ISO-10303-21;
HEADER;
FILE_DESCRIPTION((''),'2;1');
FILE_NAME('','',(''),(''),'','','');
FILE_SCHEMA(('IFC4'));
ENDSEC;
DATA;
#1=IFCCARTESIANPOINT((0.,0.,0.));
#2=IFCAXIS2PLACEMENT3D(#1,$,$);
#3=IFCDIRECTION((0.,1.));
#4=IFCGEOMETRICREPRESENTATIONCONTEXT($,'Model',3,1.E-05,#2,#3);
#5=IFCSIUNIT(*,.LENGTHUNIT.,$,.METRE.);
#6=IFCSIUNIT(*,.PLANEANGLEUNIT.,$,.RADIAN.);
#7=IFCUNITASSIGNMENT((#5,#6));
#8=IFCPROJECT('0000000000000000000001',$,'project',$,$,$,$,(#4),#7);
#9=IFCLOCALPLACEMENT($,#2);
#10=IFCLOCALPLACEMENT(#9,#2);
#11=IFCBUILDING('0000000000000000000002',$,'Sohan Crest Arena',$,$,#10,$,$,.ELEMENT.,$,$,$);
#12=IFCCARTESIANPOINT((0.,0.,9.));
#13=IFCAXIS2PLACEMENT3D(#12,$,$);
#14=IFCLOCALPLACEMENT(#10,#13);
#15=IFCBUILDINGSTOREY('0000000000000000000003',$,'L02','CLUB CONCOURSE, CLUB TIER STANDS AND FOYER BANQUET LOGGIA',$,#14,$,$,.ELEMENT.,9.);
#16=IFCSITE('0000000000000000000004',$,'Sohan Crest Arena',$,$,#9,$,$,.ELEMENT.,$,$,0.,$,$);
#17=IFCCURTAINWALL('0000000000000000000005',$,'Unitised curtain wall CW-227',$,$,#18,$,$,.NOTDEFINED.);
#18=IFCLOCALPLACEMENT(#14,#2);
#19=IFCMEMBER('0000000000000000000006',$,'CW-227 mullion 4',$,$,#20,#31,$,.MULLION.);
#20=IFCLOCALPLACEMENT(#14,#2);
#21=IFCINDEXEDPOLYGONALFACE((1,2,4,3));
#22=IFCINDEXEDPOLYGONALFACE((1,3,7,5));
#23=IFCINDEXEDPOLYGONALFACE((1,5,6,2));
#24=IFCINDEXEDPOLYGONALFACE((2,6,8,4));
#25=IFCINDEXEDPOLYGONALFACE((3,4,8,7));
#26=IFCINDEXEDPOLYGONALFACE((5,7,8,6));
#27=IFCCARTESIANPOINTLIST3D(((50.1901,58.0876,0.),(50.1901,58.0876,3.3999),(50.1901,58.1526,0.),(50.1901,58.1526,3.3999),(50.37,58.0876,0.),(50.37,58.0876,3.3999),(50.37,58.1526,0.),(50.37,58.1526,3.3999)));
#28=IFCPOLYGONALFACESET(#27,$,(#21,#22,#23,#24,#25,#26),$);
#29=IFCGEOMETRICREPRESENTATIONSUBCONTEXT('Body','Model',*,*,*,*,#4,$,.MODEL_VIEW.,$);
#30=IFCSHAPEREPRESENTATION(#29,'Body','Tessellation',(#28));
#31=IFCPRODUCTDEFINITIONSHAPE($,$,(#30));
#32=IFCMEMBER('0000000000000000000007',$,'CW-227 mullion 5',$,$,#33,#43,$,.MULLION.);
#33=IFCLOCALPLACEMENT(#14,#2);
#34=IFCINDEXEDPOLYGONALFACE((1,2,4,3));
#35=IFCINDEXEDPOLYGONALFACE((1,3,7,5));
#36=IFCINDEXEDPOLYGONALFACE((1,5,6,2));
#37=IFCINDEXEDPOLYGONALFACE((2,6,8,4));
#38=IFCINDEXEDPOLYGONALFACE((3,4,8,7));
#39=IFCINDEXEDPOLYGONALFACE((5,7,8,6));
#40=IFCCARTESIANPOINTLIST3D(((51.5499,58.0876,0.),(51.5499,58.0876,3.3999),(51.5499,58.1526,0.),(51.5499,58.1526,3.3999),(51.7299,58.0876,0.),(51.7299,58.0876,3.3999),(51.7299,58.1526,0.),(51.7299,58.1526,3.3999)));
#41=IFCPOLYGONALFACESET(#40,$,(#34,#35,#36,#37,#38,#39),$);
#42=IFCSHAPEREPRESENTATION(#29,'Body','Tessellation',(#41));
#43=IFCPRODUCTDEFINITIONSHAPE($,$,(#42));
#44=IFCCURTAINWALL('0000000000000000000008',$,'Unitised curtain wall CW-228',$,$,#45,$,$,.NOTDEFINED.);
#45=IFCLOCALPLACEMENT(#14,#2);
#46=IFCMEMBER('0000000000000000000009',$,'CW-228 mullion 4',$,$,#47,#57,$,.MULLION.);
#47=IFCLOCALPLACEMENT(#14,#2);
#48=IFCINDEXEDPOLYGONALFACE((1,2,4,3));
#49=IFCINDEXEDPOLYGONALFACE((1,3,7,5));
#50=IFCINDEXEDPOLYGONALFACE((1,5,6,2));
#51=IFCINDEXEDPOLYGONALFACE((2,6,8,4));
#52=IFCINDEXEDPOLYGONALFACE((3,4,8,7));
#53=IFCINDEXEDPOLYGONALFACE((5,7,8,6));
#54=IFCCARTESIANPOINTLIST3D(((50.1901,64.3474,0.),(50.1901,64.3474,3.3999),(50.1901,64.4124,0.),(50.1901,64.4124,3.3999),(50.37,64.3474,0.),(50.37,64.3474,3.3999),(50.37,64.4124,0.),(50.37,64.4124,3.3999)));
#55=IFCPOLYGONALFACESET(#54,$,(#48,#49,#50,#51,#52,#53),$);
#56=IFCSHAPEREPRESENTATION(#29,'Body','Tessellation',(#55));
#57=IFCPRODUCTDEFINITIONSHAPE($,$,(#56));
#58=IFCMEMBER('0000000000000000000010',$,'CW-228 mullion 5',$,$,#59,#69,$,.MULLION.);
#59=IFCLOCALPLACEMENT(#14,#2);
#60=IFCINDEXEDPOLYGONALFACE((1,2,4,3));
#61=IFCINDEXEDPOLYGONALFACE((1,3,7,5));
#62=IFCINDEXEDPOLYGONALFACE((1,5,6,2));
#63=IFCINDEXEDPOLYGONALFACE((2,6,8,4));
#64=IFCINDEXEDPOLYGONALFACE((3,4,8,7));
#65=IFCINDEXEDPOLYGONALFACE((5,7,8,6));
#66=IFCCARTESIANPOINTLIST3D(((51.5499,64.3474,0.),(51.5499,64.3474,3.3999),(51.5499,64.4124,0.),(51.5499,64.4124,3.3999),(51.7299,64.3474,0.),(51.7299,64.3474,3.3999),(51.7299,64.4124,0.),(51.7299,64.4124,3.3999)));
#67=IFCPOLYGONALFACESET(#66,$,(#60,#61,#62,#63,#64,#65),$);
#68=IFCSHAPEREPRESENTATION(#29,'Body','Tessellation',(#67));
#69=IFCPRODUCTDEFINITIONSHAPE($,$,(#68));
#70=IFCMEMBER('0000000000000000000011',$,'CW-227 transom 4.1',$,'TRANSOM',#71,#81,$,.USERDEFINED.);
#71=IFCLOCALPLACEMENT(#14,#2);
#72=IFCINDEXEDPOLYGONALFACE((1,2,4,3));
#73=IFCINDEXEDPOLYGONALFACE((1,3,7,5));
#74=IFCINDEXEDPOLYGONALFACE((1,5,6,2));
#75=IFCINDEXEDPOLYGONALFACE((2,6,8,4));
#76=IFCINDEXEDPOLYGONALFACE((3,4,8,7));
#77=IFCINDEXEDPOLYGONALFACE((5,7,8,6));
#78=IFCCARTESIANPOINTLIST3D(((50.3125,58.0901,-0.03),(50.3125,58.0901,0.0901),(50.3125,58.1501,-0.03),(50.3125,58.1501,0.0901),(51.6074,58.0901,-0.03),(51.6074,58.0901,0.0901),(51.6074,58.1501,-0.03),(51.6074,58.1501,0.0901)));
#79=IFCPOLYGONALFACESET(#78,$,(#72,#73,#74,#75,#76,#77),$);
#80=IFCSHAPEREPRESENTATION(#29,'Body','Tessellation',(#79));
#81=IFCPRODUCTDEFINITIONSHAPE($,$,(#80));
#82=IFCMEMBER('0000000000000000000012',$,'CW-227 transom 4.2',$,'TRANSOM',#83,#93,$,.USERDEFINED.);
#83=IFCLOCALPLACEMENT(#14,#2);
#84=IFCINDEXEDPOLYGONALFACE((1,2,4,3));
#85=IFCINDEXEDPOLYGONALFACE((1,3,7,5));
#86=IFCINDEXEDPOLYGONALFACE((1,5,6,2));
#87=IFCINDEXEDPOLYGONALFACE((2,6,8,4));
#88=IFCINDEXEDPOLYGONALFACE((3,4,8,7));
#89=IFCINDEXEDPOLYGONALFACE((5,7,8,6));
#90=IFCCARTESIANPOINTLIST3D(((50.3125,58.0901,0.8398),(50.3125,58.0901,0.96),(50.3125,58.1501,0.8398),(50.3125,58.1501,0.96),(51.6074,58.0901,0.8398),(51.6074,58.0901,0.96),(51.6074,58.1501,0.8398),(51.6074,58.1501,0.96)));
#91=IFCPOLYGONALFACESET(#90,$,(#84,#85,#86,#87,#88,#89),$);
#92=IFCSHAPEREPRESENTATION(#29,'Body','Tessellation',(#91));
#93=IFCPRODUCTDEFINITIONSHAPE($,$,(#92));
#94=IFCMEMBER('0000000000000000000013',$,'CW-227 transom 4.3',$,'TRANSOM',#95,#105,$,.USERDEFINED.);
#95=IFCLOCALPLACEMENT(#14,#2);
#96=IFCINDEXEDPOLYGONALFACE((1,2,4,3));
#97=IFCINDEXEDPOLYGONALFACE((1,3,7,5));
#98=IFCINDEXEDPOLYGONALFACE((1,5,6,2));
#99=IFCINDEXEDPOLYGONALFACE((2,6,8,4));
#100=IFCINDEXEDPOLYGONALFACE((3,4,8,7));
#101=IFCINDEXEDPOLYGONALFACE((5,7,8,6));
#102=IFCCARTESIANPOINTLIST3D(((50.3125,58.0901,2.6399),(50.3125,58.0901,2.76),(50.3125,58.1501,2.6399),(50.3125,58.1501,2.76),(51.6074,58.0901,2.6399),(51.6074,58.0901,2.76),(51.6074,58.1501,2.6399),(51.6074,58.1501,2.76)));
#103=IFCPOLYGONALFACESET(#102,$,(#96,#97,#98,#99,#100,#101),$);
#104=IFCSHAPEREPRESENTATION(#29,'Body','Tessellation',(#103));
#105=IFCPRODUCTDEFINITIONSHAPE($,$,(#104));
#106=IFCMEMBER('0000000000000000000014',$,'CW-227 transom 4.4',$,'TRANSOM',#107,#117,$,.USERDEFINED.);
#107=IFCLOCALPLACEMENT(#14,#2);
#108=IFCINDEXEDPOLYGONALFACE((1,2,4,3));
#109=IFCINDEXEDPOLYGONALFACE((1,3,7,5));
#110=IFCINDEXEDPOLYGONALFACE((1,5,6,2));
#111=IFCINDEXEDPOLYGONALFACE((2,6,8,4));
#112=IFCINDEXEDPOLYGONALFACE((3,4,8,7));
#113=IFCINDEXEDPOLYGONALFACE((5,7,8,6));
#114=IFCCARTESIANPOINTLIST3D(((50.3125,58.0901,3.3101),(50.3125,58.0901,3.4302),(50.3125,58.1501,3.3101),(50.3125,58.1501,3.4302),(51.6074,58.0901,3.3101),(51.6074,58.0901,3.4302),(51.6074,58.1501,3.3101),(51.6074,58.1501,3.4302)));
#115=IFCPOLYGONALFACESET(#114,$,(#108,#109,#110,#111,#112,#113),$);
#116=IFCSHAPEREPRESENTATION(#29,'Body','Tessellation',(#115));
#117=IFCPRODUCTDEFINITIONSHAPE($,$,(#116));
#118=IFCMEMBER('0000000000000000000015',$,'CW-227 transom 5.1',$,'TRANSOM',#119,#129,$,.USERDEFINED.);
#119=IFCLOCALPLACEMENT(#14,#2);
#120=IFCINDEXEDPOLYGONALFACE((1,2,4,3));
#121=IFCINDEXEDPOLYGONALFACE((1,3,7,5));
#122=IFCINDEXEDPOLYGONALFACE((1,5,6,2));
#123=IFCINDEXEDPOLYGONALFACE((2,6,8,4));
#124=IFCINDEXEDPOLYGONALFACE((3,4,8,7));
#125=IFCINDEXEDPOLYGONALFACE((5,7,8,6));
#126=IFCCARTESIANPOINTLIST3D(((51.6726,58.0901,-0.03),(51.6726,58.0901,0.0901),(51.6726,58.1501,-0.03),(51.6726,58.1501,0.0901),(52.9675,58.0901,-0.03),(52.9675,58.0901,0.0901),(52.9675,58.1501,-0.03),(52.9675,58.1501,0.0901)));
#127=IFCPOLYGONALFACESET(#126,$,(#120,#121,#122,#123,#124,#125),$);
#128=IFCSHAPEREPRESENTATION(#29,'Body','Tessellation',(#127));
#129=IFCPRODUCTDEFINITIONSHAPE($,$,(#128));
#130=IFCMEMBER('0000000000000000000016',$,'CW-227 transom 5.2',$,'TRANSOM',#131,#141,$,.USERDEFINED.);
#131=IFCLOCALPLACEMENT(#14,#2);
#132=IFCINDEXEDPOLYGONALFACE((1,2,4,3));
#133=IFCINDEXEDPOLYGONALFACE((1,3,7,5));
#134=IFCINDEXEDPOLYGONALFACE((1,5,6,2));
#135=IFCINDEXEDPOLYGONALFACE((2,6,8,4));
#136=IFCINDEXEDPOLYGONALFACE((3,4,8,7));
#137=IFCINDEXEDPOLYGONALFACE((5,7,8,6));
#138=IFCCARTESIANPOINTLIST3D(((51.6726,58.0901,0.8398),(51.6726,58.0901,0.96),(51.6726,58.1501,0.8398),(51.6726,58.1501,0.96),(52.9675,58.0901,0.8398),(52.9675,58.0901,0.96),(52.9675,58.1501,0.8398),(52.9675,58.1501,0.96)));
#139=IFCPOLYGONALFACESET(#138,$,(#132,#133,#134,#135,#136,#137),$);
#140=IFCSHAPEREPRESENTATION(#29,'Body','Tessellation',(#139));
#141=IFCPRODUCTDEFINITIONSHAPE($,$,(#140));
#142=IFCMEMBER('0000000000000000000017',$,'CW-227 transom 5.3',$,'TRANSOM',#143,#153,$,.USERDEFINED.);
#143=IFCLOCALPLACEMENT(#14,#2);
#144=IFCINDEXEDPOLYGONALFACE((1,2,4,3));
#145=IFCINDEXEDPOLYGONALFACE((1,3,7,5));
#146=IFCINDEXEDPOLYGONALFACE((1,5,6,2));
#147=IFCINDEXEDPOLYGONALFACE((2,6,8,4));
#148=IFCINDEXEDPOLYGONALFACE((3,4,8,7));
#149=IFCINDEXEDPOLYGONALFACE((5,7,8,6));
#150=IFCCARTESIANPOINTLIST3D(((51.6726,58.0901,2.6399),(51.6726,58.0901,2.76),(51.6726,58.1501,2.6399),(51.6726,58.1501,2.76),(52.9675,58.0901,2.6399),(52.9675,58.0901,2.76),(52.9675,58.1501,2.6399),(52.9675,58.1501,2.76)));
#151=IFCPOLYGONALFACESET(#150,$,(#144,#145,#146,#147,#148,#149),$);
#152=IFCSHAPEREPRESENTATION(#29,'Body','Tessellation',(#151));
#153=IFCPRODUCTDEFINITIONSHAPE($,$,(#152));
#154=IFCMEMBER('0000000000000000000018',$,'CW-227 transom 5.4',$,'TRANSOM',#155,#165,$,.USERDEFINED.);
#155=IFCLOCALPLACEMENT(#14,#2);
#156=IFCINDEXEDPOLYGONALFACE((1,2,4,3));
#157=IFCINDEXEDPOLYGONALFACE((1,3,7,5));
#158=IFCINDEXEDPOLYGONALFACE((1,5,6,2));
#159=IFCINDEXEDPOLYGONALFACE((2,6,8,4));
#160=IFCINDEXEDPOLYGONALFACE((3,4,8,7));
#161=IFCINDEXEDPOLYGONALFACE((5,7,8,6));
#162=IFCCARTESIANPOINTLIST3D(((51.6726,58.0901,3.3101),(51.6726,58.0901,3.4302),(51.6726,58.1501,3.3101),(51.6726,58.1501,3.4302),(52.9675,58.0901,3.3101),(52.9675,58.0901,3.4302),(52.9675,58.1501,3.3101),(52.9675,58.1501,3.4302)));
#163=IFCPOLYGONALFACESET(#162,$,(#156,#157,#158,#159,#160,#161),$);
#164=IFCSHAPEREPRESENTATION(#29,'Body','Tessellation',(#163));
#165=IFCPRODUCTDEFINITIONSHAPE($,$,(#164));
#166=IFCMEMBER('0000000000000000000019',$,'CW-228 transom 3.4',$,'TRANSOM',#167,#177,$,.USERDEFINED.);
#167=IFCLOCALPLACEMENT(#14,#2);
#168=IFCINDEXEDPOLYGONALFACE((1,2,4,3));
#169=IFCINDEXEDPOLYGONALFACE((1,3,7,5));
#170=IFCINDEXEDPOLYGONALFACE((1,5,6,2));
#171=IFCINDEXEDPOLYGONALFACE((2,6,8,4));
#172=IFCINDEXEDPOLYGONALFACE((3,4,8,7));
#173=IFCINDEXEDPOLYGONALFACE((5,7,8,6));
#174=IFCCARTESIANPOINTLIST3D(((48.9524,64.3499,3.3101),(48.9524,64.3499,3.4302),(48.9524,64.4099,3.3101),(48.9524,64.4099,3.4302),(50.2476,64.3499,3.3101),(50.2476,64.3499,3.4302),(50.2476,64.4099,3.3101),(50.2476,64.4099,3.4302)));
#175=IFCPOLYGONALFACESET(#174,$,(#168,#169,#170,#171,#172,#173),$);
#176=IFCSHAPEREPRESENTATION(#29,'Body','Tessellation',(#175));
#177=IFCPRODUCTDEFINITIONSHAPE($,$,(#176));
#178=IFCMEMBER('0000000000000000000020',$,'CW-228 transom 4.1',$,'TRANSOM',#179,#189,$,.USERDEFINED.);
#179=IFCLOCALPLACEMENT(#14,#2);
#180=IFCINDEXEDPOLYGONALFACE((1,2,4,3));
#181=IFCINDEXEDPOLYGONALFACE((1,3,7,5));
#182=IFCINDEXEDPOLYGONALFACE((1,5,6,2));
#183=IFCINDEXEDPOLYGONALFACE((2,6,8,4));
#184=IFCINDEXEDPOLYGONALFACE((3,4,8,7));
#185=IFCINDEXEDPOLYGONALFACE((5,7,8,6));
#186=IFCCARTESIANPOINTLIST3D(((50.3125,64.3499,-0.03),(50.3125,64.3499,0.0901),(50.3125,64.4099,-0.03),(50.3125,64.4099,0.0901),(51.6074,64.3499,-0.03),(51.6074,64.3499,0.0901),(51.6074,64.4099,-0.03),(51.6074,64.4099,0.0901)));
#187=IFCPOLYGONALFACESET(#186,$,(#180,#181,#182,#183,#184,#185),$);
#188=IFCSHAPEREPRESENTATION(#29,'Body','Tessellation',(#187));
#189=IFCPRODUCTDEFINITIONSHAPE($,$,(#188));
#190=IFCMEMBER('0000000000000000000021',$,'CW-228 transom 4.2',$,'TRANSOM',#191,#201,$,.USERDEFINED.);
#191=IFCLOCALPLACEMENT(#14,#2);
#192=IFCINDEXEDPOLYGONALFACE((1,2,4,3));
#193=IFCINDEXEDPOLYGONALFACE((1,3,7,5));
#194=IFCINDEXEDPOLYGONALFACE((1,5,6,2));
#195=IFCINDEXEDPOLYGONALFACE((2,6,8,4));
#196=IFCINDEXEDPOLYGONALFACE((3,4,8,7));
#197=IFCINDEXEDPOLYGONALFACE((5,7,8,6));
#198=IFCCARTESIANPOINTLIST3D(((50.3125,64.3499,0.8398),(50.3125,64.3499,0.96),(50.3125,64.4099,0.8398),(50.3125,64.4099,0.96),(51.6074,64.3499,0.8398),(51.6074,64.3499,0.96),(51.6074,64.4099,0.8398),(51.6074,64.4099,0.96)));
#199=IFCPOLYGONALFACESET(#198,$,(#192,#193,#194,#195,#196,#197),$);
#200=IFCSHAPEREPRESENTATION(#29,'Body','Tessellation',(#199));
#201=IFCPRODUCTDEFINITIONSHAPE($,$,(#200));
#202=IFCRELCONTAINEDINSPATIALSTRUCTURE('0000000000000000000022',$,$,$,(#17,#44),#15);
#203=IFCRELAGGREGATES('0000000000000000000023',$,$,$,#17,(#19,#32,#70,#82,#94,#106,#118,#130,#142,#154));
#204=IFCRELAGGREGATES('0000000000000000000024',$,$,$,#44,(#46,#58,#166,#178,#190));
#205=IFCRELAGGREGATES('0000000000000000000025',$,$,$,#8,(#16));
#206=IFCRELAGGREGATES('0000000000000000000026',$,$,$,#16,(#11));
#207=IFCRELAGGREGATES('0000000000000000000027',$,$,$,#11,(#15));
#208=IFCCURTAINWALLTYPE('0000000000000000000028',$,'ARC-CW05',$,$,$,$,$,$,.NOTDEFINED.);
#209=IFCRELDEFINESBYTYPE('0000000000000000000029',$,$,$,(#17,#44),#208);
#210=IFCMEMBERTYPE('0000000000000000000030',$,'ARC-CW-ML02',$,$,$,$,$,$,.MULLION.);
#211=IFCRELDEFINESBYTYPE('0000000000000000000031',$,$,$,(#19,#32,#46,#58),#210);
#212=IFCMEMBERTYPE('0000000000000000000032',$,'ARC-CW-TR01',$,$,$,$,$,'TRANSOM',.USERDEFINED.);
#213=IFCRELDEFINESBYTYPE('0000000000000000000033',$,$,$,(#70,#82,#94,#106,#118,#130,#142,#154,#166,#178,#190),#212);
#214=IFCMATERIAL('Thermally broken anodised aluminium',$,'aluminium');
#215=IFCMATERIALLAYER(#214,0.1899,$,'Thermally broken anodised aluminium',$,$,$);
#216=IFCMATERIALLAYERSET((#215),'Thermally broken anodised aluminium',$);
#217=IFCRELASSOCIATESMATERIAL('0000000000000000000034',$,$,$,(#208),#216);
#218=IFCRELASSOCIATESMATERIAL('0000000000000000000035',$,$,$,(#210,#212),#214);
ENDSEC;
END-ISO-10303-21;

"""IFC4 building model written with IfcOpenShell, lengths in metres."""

from ifc_helpers import new_model, si_unit, direction, frame, origin, origin_2d, place, context, subcontext, project, spatial, rectangle, extrude, material, layer, layer_set, material_profile, profile_set, type_object, element, aggregate, save


model = new_model("IFC4")

# Units and contexts
model_context = context("Model", 3, precision=1e-05, world=origin(), true_north=direction((0.0, 1.0)))
body_context = subcontext(model_context, "Body", "Model", "MODEL_VIEW")
ifc_project = project(units=[si_unit("LENGTHUNIT", "METRE"), si_unit("PLANEANGLEUNIT", "RADIAN")], contexts=[model_context])

# Site, building, storey
site_placement = place(None, origin())
site = spatial("IfcSite", under=ifc_project, at=site_placement, Name="Sohan Crest Arena", CompositionType="ELEMENT", RefElevation=0.0)
building_placement = place(site_placement, origin())
building = spatial("IfcBuilding", under=site, at=building_placement, Name="Sohan Crest Arena", CompositionType="ELEMENT")
storey_placement = place(building_placement, frame((0.0, 0.0, 9.0)))
storey = spatial("IfcBuildingStorey", under=building, at=storey_placement, Name="L02", Description="CLUB CONCOURSE, CLUB TIER STANDS AND FOYER BANQUET LOGGIA", CompositionType="ELEMENT", Elevation=9.0)

# Curtain walls, members
ifc_material_1 = material(Name="Thermally broken anodised aluminium", Category="aluminium")
ifc_layer_1 = layer(ifc_material_1, 0.1899, Name="Thermally broken anodised aluminium")
ifc_layer_set_1 = layer_set([ifc_layer_1], Name="Thermally broken anodised aluminium")
curtain_wall_type = type_object("IfcCurtainWallType", Name="ARC-CW05", PredefinedType="NOTDEFINED", material=ifc_layer_set_1)
curtain_wall_1_placement = place(storey_placement, origin())
curtain_wall_1 = element("IfcCurtainWall", 1, at=curtain_wall_1_placement, inside=storey, type_object=curtain_wall_type, Name="Unitised curtain wall CW-227", PredefinedType="NOTDEFINED")
ifc_material_profile_1 = material_profile(ifc_material_1, rectangle(XDim=0.0649, YDim=0.1799, at=origin_2d()), Name="ALU-MULL 65x180")
ifc_profile_set_1 = profile_set([ifc_material_profile_1], Name="Thermally broken anodised aluminium")
member_type_1 = type_object("IfcMemberType", Name="ARC-CW-ML02", PredefinedType="MULLION", material=ifc_profile_set_1)
member_1_placement = place(storey_placement, frame((50.28, 58.1201, 0.0), z_axis=(0.0, 0.0, 1.0), x_axis=(0.0, 1.0, 0.0)))
member_1 = element("IfcMember", 2, at=member_1_placement, type_object=member_type_1, Name="CW-227 mullion 4", PredefinedType="MULLION", context=body_context, shape_type="SweptSolid", body=[
    extrude(rectangle(XDim=0.0649, YDim=0.1799, at=origin_2d()), origin(), (0.0, 0.0, 1.0), 3.3999),
])
member_2_placement = place(storey_placement, frame((51.6399, 58.1201, 0.0), z_axis=(0.0, 0.0, 1.0), x_axis=(0.0, 1.0, 0.0)))
member_2 = element("IfcMember", 3, at=member_2_placement, type_object=member_type_1, Name="CW-227 mullion 5", PredefinedType="MULLION", context=body_context, shape_type="SweptSolid", body=[
    extrude(rectangle(XDim=0.0649, YDim=0.1799, at=origin_2d()), origin(), (0.0, 0.0, 1.0), 3.3999),
])
curtain_wall_2_placement = place(storey_placement, origin())
curtain_wall_2 = element("IfcCurtainWall", 4, at=curtain_wall_2_placement, inside=storey, type_object=curtain_wall_type, Name="Unitised curtain wall CW-228", PredefinedType="NOTDEFINED")
member_3_placement = place(storey_placement, frame((50.28, 64.3799, 0.0), z_axis=(0.0, 0.0, 1.0), x_axis=(0.0, 1.0, 0.0)))
member_3 = element("IfcMember", 5, at=member_3_placement, type_object=member_type_1, Name="CW-228 mullion 4", PredefinedType="MULLION", context=body_context, shape_type="SweptSolid", body=[
    extrude(rectangle(XDim=0.0649, YDim=0.1799, at=origin_2d()), origin(), (0.0, 0.0, 1.0), 3.3999),
])
member_4_placement = place(storey_placement, frame((51.6399, 64.3799, 0.0), z_axis=(0.0, 0.0, 1.0), x_axis=(0.0, 1.0, 0.0)))
member_4 = element("IfcMember", 6, at=member_4_placement, type_object=member_type_1, Name="CW-228 mullion 5", PredefinedType="MULLION", context=body_context, shape_type="SweptSolid", body=[
    extrude(rectangle(XDim=0.0649, YDim=0.1799, at=origin_2d()), origin(), (0.0, 0.0, 1.0), 3.3999),
])

# Members
ifc_material_profile_2 = material_profile(ifc_material_1, rectangle(XDim=0.0601, YDim=0.1201, at=origin_2d()), Name="ALU-TRAN 60x120")
ifc_profile_set_2 = profile_set([ifc_material_profile_2], Name="Thermally broken anodised aluminium")
member_type_2 = type_object("IfcMemberType", Name="ARC-CW-TR01", ElementType="TRANSOM", PredefinedType="USERDEFINED", material=ifc_profile_set_2)
member_5_placement = place(storey_placement, frame((50.3125, 58.1201, 0.03), z_axis=(1.0, 0.0, 0.0), x_axis=(0.0, 1.0, 0.0)))
member_5 = element("IfcMember", 7, at=member_5_placement, type_object=member_type_2, Name="CW-227 transom 4.1", ObjectType="TRANSOM", PredefinedType="USERDEFINED", context=body_context, shape_type="SweptSolid", body=[
    extrude(rectangle(XDim=0.0601, YDim=0.1201, at=origin_2d()), origin(), (0.0, 0.0, 1.0), 1.2949),
])
member_6_placement = place(storey_placement, frame((50.3125, 58.1201, 0.8999), z_axis=(1.0, 0.0, 0.0), x_axis=(0.0, 1.0, 0.0)))
member_6 = element("IfcMember", 8, at=member_6_placement, type_object=member_type_2, Name="CW-227 transom 4.2", ObjectType="TRANSOM", PredefinedType="USERDEFINED", context=body_context, shape_type="SweptSolid", body=[
    extrude(rectangle(XDim=0.0601, YDim=0.1201, at=origin_2d()), origin(), (0.0, 0.0, 1.0), 1.2949),
])
member_7_placement = place(storey_placement, frame((50.3125, 58.1201, 2.7), z_axis=(1.0, 0.0, 0.0), x_axis=(0.0, 1.0, 0.0)))
member_7 = element("IfcMember", 9, at=member_7_placement, type_object=member_type_2, Name="CW-227 transom 4.3", ObjectType="TRANSOM", PredefinedType="USERDEFINED", context=body_context, shape_type="SweptSolid", body=[
    extrude(rectangle(XDim=0.0601, YDim=0.1201, at=origin_2d()), origin(), (0.0, 0.0, 1.0), 1.2949),
])
member_8_placement = place(storey_placement, frame((50.3125, 58.1201, 3.3701), z_axis=(1.0, 0.0, 0.0), x_axis=(0.0, 1.0, 0.0)))
member_8 = element("IfcMember", 10, at=member_8_placement, type_object=member_type_2, Name="CW-227 transom 4.4", ObjectType="TRANSOM", PredefinedType="USERDEFINED", context=body_context, shape_type="SweptSolid", body=[
    extrude(rectangle(XDim=0.0601, YDim=0.1201, at=origin_2d()), origin(), (0.0, 0.0, 1.0), 1.2949),
])
member_9_placement = place(storey_placement, frame((51.6726, 58.1201, 0.03), z_axis=(1.0, 0.0, 0.0), x_axis=(0.0, 1.0, 0.0)))
member_9 = element("IfcMember", 11, at=member_9_placement, type_object=member_type_2, Name="CW-227 transom 5.1", ObjectType="TRANSOM", PredefinedType="USERDEFINED", context=body_context, shape_type="SweptSolid", body=[
    extrude(rectangle(XDim=0.0601, YDim=0.1201, at=origin_2d()), origin(), (0.0, 0.0, 1.0), 1.2949),
])
member_10_placement = place(storey_placement, frame((51.6726, 58.1201, 0.8999), z_axis=(1.0, 0.0, 0.0), x_axis=(0.0, 1.0, 0.0)))
member_10 = element("IfcMember", 12, at=member_10_placement, type_object=member_type_2, Name="CW-227 transom 5.2", ObjectType="TRANSOM", PredefinedType="USERDEFINED", context=body_context, shape_type="SweptSolid", body=[
    extrude(rectangle(XDim=0.0601, YDim=0.1201, at=origin_2d()), origin(), (0.0, 0.0, 1.0), 1.2949),
])
member_11_placement = place(storey_placement, frame((51.6726, 58.1201, 2.7), z_axis=(1.0, 0.0, 0.0), x_axis=(0.0, 1.0, 0.0)))
member_11 = element("IfcMember", 13, at=member_11_placement, type_object=member_type_2, Name="CW-227 transom 5.3", ObjectType="TRANSOM", PredefinedType="USERDEFINED", context=body_context, shape_type="SweptSolid", body=[
    extrude(rectangle(XDim=0.0601, YDim=0.1201, at=origin_2d()), origin(), (0.0, 0.0, 1.0), 1.2949),
])
member_12_placement = place(storey_placement, frame((51.6726, 58.1201, 3.3701), z_axis=(1.0, 0.0, 0.0), x_axis=(0.0, 1.0, 0.0)))
member_12 = element("IfcMember", 14, at=member_12_placement, type_object=member_type_2, Name="CW-227 transom 5.4", ObjectType="TRANSOM", PredefinedType="USERDEFINED", context=body_context, shape_type="SweptSolid", body=[
    extrude(rectangle(XDim=0.0601, YDim=0.1201, at=origin_2d()), origin(), (0.0, 0.0, 1.0), 1.2949),
])
member_13_placement = place(storey_placement, frame((48.9524, 64.3799, 3.3701), z_axis=(1.0, 0.0, 0.0), x_axis=(0.0, 1.0, 0.0)))
member_13 = element("IfcMember", 15, at=member_13_placement, type_object=member_type_2, Name="CW-228 transom 3.4", ObjectType="TRANSOM", PredefinedType="USERDEFINED", context=body_context, shape_type="SweptSolid", body=[
    extrude(rectangle(XDim=0.0601, YDim=0.1201, at=origin_2d()), origin(), (0.0, 0.0, 1.0), 1.2952),
])
member_14_placement = place(storey_placement, frame((50.3125, 64.3799, 0.03), z_axis=(1.0, 0.0, 0.0), x_axis=(0.0, 1.0, 0.0)))
member_14 = element("IfcMember", 16, at=member_14_placement, type_object=member_type_2, Name="CW-228 transom 4.1", ObjectType="TRANSOM", PredefinedType="USERDEFINED", context=body_context, shape_type="SweptSolid", body=[
    extrude(rectangle(XDim=0.0601, YDim=0.1201, at=origin_2d()), origin(), (0.0, 0.0, 1.0), 1.2949),
])
member_15_placement = place(storey_placement, frame((50.3125, 64.3799, 0.8999), z_axis=(1.0, 0.0, 0.0), x_axis=(0.0, 1.0, 0.0)))
member_15 = element("IfcMember", 17, at=member_15_placement, type_object=member_type_2, Name="CW-228 transom 4.2", ObjectType="TRANSOM", PredefinedType="USERDEFINED", context=body_context, shape_type="SweptSolid", body=[
    extrude(rectangle(XDim=0.0601, YDim=0.1201, at=origin_2d()), origin(), (0.0, 0.0, 1.0), 1.2949),
])

aggregate(curtain_wall_1, [member_1, member_2, member_5, member_6, member_7, member_8, member_9, member_10, member_11, member_12])
aggregate(curtain_wall_2, [member_3, member_4, member_13, member_14, member_15])

save(model, "model.ifc")
